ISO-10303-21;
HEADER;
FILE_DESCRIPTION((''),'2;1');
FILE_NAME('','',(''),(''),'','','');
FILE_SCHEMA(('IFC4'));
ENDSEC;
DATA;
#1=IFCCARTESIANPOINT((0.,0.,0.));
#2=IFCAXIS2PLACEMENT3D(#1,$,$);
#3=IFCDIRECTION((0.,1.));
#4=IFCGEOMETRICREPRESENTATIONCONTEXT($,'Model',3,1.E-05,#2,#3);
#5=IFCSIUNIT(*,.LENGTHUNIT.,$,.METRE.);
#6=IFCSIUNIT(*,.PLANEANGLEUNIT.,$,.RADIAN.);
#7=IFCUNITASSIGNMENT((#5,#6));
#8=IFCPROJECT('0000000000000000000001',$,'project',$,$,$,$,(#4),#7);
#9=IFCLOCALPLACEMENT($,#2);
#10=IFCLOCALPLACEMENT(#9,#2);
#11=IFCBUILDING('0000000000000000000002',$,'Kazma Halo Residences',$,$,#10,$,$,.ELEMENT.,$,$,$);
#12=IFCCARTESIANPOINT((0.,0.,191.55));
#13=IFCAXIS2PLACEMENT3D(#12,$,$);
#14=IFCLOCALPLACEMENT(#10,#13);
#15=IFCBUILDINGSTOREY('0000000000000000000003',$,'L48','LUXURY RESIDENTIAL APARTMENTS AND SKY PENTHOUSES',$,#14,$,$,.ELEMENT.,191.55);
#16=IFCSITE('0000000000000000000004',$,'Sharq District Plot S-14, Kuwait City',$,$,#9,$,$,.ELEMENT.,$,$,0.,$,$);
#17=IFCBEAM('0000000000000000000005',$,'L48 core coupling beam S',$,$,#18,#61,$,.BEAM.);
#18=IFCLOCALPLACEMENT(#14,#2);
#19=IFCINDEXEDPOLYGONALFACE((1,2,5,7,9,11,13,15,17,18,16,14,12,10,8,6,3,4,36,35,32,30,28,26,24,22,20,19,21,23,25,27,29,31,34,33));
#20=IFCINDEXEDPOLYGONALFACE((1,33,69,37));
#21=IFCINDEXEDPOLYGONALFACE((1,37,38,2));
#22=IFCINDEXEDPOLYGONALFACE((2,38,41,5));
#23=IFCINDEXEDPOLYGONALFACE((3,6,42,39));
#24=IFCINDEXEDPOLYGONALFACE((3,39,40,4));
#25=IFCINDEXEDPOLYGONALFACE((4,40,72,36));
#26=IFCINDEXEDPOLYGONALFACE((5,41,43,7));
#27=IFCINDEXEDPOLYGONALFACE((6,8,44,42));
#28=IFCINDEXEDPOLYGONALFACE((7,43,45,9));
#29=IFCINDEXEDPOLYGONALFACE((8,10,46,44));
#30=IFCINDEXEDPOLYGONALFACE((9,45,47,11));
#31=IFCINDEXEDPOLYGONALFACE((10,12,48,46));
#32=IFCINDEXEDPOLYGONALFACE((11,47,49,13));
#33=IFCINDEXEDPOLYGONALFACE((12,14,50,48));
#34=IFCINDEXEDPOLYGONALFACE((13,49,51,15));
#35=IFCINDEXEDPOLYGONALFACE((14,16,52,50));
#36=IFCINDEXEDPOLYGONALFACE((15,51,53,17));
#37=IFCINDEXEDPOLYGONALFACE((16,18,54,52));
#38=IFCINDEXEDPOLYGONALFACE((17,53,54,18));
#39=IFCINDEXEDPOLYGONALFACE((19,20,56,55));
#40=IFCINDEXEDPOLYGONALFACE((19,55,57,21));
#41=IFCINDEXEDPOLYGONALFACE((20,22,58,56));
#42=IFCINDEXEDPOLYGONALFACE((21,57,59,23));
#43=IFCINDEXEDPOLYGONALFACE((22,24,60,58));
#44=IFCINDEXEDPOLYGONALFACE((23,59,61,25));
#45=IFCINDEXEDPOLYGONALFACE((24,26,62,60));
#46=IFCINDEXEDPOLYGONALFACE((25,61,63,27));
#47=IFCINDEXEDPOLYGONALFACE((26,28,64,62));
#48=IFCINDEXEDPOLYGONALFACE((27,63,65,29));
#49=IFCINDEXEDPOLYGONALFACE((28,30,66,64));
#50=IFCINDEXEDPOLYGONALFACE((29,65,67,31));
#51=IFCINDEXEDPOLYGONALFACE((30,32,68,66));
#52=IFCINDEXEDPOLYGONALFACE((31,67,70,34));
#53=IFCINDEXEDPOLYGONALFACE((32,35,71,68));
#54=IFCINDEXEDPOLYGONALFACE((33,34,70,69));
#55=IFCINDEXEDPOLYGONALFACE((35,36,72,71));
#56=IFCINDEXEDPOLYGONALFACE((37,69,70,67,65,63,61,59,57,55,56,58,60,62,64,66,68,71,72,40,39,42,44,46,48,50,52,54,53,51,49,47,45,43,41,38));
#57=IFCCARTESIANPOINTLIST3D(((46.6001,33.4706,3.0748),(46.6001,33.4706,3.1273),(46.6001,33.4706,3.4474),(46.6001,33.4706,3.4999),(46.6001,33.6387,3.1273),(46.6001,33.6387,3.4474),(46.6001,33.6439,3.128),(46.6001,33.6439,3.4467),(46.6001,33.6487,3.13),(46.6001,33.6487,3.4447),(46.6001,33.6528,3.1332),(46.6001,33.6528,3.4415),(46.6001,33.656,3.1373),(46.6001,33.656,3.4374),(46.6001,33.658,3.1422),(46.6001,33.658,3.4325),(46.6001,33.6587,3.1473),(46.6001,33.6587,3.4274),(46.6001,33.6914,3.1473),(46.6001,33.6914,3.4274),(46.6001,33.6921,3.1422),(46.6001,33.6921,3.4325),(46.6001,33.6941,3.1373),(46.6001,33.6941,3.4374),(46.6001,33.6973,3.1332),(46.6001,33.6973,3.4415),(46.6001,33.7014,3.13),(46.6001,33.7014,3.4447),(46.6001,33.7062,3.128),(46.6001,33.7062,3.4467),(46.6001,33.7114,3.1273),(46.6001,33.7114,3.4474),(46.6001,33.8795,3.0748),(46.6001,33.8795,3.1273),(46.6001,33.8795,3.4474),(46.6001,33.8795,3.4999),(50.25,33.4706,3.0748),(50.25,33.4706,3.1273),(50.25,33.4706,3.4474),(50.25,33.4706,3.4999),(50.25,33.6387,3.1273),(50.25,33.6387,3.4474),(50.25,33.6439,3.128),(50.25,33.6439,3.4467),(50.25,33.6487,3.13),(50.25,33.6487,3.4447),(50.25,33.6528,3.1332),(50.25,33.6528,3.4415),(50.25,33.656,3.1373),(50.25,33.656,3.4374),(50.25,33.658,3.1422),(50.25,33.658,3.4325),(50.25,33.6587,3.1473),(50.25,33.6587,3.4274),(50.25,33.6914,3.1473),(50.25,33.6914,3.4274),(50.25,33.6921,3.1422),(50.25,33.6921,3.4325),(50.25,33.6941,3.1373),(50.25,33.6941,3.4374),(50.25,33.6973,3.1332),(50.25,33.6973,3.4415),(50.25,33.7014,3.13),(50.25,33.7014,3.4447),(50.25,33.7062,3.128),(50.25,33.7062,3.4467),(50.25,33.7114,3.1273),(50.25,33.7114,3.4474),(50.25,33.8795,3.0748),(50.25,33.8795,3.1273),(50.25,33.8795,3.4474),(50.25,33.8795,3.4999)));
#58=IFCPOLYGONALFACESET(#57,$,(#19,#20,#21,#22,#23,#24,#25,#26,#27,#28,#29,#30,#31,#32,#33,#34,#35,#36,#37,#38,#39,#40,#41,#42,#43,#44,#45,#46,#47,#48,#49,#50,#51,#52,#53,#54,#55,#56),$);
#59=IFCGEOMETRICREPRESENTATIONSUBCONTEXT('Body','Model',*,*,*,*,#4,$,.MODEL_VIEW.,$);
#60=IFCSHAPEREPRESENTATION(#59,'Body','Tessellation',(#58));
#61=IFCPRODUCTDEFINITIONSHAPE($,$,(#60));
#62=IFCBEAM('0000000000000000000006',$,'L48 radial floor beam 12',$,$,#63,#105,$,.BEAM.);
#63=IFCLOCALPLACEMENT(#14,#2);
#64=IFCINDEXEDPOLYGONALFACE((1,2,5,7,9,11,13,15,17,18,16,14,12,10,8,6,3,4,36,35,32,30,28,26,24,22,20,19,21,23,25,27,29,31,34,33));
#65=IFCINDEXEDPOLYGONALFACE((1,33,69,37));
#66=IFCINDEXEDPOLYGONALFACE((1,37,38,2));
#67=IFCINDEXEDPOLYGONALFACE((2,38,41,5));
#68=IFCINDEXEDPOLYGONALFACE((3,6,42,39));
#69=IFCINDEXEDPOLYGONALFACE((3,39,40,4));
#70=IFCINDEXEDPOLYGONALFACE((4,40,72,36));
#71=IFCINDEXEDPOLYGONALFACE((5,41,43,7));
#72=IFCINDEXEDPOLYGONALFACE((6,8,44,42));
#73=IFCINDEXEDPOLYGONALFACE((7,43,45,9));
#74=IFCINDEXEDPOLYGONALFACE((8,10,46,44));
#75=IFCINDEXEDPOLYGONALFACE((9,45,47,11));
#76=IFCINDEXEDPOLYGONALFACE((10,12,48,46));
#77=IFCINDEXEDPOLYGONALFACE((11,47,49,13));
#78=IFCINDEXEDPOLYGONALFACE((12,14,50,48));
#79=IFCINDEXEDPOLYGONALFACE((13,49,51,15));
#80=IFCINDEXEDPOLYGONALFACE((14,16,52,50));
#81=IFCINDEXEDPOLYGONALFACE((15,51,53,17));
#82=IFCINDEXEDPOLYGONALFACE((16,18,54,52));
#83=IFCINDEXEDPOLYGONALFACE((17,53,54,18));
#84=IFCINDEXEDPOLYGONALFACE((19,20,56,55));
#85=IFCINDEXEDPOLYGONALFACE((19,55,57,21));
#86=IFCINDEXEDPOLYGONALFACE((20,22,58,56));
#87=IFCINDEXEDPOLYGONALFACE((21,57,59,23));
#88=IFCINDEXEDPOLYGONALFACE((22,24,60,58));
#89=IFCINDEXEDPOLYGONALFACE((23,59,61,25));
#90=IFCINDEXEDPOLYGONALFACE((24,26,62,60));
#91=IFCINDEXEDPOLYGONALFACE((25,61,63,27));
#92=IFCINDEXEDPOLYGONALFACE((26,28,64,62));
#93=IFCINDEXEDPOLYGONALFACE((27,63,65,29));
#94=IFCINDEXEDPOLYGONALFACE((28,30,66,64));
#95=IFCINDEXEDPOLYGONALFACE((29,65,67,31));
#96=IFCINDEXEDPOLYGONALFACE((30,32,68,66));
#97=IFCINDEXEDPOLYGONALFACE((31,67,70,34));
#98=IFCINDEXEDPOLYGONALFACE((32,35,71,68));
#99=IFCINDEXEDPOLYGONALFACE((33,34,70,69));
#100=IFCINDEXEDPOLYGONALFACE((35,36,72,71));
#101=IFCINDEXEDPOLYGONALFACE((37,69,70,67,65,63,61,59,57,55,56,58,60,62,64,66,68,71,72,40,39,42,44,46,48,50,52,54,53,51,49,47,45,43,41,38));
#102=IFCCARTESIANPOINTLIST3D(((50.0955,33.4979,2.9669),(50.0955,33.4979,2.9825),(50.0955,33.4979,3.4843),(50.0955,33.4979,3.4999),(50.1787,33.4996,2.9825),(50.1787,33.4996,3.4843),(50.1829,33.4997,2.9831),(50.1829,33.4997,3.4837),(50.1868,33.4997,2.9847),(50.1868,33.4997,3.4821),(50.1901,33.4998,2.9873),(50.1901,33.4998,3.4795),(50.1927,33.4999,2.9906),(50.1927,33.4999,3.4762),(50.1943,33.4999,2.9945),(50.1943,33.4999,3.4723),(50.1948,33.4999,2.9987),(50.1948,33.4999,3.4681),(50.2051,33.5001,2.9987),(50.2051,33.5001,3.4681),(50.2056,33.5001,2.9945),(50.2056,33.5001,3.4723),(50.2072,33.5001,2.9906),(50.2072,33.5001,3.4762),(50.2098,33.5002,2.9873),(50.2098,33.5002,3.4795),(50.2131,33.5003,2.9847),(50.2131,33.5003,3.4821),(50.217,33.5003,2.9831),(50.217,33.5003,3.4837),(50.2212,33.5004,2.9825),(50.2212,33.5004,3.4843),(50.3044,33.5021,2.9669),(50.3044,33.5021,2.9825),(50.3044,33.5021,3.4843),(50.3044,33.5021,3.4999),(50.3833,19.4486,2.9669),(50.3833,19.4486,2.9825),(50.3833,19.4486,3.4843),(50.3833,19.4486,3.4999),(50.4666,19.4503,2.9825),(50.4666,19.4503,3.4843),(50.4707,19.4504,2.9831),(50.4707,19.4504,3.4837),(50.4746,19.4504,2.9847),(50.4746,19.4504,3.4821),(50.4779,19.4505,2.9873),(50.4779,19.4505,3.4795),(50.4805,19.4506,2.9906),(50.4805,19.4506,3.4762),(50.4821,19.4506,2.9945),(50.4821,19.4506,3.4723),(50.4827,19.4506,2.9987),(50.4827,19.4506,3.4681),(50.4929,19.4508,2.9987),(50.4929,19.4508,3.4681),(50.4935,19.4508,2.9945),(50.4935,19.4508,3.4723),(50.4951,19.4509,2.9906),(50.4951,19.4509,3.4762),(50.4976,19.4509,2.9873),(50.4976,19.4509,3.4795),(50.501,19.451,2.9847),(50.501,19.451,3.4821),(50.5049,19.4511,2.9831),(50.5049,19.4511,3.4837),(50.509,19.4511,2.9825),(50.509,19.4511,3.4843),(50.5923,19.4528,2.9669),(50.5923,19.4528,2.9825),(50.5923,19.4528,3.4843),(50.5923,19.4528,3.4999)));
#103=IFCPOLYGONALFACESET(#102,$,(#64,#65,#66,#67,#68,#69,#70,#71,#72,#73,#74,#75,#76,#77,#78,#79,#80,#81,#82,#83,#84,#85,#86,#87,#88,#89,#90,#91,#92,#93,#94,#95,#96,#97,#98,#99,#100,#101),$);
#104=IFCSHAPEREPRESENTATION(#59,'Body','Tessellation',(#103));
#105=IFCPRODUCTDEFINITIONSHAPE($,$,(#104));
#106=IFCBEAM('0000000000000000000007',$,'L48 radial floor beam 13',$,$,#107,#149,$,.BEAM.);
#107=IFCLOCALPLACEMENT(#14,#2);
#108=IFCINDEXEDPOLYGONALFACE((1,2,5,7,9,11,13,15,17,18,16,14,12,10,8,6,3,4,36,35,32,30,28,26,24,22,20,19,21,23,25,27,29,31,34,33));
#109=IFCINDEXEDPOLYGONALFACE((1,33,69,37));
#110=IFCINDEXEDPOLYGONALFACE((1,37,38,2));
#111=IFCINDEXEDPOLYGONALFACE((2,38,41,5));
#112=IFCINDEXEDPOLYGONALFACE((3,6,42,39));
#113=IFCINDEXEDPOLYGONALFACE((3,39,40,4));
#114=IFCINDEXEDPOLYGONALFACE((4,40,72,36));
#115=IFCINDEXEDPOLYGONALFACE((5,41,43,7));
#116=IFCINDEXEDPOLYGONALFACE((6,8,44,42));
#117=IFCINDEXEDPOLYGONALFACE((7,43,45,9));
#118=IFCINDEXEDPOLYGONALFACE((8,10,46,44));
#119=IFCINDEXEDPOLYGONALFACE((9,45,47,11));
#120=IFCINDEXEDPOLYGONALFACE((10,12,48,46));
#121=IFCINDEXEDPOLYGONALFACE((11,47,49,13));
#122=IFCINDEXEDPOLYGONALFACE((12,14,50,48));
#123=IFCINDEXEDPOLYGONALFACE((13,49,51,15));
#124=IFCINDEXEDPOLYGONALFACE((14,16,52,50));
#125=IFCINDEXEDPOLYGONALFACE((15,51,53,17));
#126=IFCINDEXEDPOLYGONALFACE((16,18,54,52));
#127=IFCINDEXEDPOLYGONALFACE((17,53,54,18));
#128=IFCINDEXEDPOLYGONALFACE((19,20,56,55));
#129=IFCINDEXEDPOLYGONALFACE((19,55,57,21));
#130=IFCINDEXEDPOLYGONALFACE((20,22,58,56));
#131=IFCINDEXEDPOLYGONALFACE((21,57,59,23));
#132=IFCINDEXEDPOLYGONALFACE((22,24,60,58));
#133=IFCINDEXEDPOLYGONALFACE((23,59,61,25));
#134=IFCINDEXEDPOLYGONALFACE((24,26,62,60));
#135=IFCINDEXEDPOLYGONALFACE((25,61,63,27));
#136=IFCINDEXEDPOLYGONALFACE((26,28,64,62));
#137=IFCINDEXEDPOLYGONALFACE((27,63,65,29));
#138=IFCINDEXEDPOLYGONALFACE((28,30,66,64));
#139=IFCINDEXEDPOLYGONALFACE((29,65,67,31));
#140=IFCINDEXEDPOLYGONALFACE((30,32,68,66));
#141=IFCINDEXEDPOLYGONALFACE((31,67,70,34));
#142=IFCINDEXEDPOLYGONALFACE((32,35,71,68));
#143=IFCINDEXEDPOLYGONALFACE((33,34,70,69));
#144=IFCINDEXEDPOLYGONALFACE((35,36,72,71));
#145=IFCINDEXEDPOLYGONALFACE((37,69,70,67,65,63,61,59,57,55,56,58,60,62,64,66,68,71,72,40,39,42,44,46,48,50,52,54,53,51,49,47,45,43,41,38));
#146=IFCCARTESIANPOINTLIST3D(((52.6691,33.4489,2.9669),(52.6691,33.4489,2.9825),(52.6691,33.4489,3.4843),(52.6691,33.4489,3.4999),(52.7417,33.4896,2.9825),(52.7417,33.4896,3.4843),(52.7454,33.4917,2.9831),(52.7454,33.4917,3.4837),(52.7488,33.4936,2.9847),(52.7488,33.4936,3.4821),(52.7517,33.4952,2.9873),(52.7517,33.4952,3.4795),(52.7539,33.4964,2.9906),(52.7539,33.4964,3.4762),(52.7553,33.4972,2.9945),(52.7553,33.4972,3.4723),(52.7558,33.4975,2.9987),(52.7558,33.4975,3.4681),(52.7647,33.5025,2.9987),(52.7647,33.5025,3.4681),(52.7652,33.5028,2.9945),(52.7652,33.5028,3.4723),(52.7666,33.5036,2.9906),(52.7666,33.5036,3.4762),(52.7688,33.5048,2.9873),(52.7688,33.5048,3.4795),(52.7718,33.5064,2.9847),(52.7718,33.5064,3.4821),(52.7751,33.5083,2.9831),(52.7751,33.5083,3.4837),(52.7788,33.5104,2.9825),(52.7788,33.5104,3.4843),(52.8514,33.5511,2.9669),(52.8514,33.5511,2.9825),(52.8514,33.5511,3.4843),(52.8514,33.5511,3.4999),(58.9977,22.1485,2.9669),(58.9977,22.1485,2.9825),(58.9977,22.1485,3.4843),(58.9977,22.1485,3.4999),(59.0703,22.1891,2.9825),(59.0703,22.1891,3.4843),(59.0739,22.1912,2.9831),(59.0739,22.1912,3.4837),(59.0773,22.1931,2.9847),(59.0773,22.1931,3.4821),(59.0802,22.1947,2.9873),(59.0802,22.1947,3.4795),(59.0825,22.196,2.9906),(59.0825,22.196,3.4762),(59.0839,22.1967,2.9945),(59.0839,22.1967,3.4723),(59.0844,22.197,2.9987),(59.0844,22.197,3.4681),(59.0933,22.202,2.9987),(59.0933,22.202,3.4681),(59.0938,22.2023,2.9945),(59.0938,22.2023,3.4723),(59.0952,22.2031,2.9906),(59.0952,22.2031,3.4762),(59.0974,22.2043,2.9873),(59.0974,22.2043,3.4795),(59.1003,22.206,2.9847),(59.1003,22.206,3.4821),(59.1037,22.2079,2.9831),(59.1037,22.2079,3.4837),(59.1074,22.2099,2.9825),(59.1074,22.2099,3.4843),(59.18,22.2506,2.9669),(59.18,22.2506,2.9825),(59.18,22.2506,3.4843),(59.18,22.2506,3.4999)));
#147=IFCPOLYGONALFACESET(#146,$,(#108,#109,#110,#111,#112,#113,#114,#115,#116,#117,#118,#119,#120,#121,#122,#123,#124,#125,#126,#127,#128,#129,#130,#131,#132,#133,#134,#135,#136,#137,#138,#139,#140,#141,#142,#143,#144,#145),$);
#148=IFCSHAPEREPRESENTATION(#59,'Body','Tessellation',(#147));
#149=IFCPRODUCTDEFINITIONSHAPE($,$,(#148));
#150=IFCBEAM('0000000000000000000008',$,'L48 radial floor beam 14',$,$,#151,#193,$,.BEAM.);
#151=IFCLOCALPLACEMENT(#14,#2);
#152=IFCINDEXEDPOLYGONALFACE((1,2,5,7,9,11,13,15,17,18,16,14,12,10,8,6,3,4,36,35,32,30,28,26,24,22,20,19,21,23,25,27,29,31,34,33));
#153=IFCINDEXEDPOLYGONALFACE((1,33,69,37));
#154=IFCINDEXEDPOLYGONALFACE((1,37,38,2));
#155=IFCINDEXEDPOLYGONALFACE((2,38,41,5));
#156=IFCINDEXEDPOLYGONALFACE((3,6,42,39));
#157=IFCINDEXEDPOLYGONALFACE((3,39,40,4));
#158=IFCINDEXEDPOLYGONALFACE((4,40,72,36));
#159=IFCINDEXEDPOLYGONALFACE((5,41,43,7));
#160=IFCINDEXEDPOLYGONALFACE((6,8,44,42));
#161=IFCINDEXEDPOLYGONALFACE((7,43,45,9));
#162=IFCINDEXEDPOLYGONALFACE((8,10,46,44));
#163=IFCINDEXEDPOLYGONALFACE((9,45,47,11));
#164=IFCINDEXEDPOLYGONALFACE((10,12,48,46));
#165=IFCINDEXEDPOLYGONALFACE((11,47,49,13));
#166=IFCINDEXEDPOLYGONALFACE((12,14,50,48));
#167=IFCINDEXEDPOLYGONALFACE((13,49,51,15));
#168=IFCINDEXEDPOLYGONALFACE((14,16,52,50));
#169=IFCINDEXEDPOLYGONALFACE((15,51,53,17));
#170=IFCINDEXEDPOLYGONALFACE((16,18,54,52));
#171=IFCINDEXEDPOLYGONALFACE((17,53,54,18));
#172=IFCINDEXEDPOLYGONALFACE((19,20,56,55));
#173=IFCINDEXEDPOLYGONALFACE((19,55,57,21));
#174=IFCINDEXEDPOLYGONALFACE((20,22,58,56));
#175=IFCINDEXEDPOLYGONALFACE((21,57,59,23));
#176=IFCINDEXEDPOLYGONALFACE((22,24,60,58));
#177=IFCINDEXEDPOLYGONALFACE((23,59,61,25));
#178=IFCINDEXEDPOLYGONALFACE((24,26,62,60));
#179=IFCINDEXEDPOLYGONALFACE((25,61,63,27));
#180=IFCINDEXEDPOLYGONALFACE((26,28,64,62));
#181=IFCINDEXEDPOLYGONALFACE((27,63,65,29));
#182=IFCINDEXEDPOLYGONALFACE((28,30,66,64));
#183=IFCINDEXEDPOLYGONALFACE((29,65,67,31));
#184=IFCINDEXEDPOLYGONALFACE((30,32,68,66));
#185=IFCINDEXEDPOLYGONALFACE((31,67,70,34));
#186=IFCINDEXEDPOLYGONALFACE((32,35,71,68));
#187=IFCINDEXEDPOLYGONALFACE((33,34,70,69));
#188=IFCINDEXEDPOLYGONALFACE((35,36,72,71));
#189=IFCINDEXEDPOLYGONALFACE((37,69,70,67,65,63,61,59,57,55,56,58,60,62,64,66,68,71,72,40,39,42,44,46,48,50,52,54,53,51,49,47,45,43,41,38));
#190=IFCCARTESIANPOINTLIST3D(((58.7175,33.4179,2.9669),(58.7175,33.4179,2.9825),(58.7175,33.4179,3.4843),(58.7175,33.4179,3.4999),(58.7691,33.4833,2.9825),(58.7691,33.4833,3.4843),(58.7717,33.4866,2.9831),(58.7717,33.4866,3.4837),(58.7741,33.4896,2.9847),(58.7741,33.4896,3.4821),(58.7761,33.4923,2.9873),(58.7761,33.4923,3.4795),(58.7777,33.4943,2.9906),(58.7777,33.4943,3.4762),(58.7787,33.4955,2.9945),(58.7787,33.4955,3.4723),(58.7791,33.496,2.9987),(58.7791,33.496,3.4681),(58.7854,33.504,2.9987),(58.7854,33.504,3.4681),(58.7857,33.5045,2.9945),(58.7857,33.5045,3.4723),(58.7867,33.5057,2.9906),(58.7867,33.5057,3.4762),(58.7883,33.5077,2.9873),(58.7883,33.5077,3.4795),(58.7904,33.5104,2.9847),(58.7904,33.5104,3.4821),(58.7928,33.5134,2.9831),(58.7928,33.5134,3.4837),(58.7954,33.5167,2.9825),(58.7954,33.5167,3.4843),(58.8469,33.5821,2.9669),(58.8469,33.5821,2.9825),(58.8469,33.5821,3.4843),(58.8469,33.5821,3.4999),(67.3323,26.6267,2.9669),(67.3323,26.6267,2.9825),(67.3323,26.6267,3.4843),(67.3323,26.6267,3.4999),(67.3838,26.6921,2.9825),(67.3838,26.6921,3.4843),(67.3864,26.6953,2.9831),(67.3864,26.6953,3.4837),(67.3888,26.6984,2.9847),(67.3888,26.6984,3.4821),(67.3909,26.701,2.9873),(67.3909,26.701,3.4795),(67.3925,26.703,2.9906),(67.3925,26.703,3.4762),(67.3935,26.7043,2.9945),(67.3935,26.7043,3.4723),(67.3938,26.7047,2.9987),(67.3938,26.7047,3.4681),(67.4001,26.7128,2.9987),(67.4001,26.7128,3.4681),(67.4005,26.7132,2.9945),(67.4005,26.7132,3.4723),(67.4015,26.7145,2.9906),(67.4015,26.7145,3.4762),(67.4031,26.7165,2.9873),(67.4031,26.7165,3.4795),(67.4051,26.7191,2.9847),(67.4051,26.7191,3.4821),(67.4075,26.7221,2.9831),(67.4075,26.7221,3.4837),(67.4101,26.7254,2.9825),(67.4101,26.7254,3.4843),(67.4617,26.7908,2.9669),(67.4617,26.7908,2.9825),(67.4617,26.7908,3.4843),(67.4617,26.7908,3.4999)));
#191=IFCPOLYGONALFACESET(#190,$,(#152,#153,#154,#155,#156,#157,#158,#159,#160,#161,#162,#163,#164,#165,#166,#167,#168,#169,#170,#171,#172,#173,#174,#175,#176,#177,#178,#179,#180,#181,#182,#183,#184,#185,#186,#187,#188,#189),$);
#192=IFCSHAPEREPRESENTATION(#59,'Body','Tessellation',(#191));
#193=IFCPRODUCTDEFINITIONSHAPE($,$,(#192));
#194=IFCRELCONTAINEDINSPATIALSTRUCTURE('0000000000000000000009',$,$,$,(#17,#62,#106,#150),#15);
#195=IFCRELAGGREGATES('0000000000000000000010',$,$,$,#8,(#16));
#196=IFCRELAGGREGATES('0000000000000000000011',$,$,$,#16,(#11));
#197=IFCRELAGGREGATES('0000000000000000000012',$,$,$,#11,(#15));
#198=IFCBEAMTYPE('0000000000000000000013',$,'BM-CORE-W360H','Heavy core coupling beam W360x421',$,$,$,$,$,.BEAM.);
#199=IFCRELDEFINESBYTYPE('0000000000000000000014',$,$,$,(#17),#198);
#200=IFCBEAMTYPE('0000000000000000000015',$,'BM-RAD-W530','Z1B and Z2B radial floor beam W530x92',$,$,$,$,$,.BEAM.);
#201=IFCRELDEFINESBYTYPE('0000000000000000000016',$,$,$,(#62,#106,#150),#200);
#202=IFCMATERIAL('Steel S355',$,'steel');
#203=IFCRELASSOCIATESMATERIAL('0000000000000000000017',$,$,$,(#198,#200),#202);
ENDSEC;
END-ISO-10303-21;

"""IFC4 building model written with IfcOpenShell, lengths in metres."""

from ifc_helpers import new_model, si_unit, direction, frame, origin, origin_2d, place, context, subcontext, project, spatial, i_section, extrude, material, material_profile, profile_set, type_object, element, save


model = new_model("IFC4")

# Units and contexts
model_context = context("Model", 3, precision=1e-05, world=origin(), true_north=direction((0.0, 1.0)))
body_context = subcontext(model_context, "Body", "Model", "MODEL_VIEW")
ifc_project = project(units=[si_unit("LENGTHUNIT", "METRE"), si_unit("PLANEANGLEUNIT", "RADIAN")], contexts=[model_context])

# Site, building, storey
site_placement = place(None, origin())
site = spatial("IfcSite", under=ifc_project, at=site_placement, Name="Sharq District Plot S-14, Kuwait City", CompositionType="ELEMENT", RefElevation=0.0)
building_placement = place(site_placement, origin())
building = spatial("IfcBuilding", under=site, at=building_placement, Name="Kazma Halo Residences", CompositionType="ELEMENT")
storey_placement = place(building_placement, frame((0.0, 0.0, 191.55)))
storey = spatial("IfcBuildingStorey", under=building, at=storey_placement, Name="L48", Description="LUXURY RESIDENTIAL APARTMENTS AND SKY PENTHOUSES", CompositionType="ELEMENT", Elevation=191.55)

# Beams
ifc_material_1 = material(Name="Steel S355", Category="steel")
ifc_material_profile_1 = material_profile(ifc_material_1, i_section(OverallWidth=0.4089, OverallDepth=0.425, WebThickness=0.0327, FlangeThickness=0.0525, FilletRadius=0.02, at=origin_2d()), Name="W360x421")
ifc_profile_set_1 = profile_set([ifc_material_profile_1], Name="Steel S355")
beam_type_1 = type_object("IfcBeamType", Name="BM-CORE-W360H", Description="Heavy core coupling beam W360x421", PredefinedType="BEAM", material=ifc_profile_set_1)
beam_1_placement = place(storey_placement, frame((46.6001, 33.675, 3.2874), z_axis=(1.0, 0.0, 0.0), x_axis=(0.0, 1.0, 0.0)))
element("IfcBeam", 1, at=beam_1_placement, inside=storey, type_object=beam_type_1, Name="L48 core coupling beam S", PredefinedType="BEAM", context=body_context, shape_type="SweptSolid", body=[
    extrude(i_section(OverallWidth=0.4089, OverallDepth=0.425, WebThickness=0.0327, FlangeThickness=0.0525, FilletRadius=0.02, at=origin_2d()), origin(), (0.0, 0.0, 1.0), 3.6499),
])
ifc_material_profile_2 = material_profile(ifc_material_1, i_section(OverallWidth=0.209, OverallDepth=0.533, WebThickness=0.0103, FlangeThickness=0.0156, FilletRadius=0.0161, at=origin_2d()), Name="W530x92")
ifc_profile_set_2 = profile_set([ifc_material_profile_2], Name="Steel S355")
beam_type_2 = type_object("IfcBeamType", Name="BM-RAD-W530", Description="Z1B and Z2B radial floor beam W530x92", PredefinedType="BEAM", material=ifc_profile_set_2)
beam_2_placement = place(storey_placement, frame((50.2, 33.5, 3.2334), z_axis=(0.020484, -0.99979, 0.0), x_axis=(0.99979, 0.020484, 0.0)))
element("IfcBeam", 2, at=beam_2_placement, inside=storey, type_object=beam_type_2, Name="L48 radial floor beam 12", PredefinedType="BEAM", context=body_context, shape_type="SweptSolid", body=[
    extrude(i_section(OverallWidth=0.209, OverallDepth=0.533, WebThickness=0.0103, FlangeThickness=0.0156, FilletRadius=0.0161, at=origin_2d()), origin(), (0.0, 0.0, 1.0), 14.0522),
])
beam_3_placement = place(storey_placement, frame((52.7603, 33.5, 3.2334), z_axis=(0.488622, -0.872496, 0.0), x_axis=(0.872496, 0.488622, 0.0)))
element("IfcBeam", 3, at=beam_3_placement, inside=storey, type_object=beam_type_2, Name="L48 radial floor beam 13", PredefinedType="BEAM", context=body_context, shape_type="SweptSolid", body=[
    extrude(i_section(OverallWidth=0.209, OverallDepth=0.533, WebThickness=0.0103, FlangeThickness=0.0156, FilletRadius=0.0161, at=origin_2d()), origin(), (0.0, 0.0, 1.0), 12.9519),
])
beam_4_placement = place(storey_placement, frame((58.7822, 33.5, 3.2334), z_axis=(0.78532, -0.619091, 0.0), x_axis=(0.619091, 0.78532, 0.0)))
element("IfcBeam", 4, at=beam_4_placement, inside=storey, type_object=beam_type_2, Name="L48 radial floor beam 14", PredefinedType="BEAM", context=body_context, shape_type="SweptSolid", body=[
    extrude(i_section(OverallWidth=0.209, OverallDepth=0.533, WebThickness=0.0103, FlangeThickness=0.0156, FilletRadius=0.0161, at=origin_2d()), origin(), (0.0, 0.0, 1.0), 10.9697),
])

save(model, "model.ifc")
